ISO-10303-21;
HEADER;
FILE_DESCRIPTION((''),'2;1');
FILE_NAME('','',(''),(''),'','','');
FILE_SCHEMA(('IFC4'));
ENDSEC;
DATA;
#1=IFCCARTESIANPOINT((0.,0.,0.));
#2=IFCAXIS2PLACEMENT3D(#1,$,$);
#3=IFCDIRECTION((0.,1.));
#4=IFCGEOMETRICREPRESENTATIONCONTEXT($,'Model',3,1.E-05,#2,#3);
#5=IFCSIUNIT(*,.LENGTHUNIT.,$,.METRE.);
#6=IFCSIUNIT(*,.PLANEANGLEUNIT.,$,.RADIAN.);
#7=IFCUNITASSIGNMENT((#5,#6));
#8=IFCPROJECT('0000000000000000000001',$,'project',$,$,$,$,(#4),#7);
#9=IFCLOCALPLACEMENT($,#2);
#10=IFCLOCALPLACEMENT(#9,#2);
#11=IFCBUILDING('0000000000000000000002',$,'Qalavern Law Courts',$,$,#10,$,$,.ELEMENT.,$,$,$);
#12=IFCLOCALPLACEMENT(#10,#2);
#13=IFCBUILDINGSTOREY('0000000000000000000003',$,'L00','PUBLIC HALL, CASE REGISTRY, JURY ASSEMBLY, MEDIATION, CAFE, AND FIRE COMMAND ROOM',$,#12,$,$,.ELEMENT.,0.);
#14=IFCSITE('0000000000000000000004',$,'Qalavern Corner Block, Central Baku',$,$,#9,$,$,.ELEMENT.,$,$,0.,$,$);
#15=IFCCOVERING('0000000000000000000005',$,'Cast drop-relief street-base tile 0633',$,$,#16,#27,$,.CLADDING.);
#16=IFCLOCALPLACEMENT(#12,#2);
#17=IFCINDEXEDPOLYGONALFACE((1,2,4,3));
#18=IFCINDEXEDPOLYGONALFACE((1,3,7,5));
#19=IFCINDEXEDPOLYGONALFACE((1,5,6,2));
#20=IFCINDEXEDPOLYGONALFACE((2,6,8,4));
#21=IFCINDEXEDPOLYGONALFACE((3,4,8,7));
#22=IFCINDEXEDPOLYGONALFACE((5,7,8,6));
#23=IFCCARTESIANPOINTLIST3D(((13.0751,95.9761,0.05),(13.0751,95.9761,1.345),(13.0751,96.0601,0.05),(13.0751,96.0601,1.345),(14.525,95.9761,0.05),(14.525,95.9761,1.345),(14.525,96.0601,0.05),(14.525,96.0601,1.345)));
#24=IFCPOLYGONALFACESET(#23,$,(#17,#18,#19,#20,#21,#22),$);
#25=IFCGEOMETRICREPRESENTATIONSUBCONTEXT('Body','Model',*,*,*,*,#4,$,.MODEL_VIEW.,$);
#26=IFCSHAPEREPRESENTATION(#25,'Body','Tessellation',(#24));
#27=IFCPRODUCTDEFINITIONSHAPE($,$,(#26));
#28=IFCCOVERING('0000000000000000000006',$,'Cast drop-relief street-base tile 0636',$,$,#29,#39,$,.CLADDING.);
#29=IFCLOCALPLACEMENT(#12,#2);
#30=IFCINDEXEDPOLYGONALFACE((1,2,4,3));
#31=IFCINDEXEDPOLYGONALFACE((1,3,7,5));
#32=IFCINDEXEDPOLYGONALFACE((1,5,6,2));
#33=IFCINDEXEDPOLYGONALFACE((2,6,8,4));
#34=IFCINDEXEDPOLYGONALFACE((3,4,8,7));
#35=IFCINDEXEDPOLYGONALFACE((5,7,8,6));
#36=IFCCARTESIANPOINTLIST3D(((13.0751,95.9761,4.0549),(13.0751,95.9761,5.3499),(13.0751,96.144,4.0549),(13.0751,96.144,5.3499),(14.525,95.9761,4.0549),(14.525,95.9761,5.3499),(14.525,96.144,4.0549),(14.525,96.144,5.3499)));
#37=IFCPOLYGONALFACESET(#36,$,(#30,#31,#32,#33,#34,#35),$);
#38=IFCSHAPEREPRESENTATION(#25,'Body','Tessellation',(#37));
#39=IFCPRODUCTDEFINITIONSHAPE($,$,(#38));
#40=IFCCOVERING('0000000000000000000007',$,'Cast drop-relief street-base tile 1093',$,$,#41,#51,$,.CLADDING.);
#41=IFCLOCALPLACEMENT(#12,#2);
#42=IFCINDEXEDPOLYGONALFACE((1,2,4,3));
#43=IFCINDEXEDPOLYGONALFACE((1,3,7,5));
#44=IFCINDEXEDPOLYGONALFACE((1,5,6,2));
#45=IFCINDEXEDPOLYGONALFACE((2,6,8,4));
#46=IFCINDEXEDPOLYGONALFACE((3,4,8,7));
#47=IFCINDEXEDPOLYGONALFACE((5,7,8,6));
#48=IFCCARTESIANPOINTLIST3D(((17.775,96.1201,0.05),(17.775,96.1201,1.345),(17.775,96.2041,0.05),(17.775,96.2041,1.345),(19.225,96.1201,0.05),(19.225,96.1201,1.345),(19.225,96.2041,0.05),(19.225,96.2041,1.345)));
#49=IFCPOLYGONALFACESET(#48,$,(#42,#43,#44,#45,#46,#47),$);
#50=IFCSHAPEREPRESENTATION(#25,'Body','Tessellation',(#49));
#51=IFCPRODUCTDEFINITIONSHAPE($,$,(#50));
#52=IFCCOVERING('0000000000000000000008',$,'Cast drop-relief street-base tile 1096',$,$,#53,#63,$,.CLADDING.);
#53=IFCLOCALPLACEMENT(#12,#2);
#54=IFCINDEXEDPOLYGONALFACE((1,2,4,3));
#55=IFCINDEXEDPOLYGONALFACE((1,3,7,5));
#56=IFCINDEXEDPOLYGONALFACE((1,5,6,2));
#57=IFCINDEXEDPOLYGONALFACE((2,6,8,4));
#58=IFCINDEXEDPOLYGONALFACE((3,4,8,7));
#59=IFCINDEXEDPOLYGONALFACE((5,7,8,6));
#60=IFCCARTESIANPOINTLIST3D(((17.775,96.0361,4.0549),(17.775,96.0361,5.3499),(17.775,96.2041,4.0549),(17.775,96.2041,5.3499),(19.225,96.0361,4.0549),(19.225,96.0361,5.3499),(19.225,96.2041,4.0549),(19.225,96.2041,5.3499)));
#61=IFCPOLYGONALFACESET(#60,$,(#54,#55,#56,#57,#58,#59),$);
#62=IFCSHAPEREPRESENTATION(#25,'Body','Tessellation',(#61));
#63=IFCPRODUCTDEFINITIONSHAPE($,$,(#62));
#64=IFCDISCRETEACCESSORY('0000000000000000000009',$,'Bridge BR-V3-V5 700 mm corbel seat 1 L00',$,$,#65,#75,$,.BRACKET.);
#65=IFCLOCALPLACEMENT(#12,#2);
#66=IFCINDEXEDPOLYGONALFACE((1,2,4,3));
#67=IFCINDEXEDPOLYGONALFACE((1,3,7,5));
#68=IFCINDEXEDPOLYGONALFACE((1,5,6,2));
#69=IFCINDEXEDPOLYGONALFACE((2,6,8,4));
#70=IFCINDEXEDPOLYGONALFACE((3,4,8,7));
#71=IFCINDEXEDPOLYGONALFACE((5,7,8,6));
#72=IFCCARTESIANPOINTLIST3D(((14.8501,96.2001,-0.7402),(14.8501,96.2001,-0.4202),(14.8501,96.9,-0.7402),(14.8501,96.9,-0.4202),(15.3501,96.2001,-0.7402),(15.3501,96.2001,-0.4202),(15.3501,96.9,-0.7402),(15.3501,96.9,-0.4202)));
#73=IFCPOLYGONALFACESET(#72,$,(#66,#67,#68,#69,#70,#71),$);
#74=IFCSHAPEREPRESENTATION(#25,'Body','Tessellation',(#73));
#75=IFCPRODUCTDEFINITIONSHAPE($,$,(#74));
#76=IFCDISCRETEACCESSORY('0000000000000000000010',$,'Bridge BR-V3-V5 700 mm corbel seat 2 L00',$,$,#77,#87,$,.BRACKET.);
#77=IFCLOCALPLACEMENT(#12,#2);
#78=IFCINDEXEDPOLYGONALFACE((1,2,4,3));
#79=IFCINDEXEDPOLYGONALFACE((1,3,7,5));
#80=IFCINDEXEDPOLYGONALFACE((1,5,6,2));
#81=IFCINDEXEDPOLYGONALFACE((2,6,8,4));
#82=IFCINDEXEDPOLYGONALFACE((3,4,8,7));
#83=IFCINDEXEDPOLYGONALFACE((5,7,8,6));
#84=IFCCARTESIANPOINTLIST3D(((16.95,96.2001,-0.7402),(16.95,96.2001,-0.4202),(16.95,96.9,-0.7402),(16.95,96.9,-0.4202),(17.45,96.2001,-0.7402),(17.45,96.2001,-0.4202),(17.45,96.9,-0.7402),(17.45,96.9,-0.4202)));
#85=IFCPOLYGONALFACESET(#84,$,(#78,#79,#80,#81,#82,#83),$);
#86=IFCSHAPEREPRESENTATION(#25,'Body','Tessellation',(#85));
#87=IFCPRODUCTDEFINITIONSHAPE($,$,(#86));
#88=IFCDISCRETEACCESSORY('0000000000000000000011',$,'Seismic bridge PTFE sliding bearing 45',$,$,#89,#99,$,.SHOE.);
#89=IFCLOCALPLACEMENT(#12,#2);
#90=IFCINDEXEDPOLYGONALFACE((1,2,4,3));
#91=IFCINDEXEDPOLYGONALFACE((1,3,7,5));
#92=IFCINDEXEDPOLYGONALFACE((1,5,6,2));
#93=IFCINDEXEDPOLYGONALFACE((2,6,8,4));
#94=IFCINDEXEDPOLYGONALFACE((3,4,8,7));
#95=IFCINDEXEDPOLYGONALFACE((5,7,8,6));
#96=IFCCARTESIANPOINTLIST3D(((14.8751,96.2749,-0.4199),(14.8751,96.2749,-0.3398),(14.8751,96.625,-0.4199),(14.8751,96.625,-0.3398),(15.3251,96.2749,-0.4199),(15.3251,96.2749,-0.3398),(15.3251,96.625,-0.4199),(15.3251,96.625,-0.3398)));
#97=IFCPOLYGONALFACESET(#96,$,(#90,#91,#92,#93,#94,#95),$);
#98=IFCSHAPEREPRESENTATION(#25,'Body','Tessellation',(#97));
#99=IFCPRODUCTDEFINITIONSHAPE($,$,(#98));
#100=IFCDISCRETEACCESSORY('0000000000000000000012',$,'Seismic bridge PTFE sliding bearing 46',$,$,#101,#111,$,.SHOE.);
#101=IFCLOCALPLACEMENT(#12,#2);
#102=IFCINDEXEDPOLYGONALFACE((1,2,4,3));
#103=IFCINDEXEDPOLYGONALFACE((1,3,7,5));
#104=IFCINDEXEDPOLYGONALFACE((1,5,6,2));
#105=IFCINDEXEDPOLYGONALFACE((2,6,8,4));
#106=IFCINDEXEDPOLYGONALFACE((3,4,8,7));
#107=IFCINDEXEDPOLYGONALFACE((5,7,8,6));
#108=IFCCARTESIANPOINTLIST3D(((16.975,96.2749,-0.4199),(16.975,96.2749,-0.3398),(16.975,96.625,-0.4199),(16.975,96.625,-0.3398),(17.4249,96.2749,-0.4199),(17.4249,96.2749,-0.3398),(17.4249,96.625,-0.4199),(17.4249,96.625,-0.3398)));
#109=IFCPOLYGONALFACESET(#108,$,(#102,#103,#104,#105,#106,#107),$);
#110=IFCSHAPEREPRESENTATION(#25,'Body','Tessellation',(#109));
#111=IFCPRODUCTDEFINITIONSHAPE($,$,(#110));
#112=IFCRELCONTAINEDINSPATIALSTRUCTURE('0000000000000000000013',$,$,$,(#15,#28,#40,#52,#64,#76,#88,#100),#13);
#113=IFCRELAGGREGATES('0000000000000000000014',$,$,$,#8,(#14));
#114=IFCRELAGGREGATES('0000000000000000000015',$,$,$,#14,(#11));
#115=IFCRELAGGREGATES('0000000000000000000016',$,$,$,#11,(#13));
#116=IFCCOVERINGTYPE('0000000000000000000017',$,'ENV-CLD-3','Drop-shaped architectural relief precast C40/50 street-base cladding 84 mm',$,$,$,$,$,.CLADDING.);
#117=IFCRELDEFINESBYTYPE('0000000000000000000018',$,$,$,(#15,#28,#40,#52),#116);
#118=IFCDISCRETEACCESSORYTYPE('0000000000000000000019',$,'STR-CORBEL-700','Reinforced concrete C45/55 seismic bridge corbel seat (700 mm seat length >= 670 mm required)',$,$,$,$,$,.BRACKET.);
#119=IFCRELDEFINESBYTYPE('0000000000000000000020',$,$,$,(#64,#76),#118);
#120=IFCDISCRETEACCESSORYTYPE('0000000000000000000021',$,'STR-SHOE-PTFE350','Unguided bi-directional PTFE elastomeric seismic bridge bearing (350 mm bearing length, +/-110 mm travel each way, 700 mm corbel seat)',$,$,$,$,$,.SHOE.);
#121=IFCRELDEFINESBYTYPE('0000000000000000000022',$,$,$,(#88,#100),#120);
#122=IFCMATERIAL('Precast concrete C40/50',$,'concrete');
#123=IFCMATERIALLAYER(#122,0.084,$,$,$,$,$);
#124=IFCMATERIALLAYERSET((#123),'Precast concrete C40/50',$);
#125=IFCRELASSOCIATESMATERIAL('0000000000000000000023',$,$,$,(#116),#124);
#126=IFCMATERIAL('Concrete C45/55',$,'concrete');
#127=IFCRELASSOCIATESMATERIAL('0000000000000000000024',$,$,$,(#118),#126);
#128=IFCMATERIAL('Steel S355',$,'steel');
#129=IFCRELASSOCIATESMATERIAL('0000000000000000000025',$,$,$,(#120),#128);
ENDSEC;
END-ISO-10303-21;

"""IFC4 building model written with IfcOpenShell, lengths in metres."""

from ifc_helpers import new_model, si_unit, direction, frame, origin, origin_2d, place, context, subcontext, project, spatial, rectangle, extrude, material, layer, layer_set, type_object, element, save


model = new_model("IFC4")

# Units and contexts
model_context = context("Model", 3, precision=1e-05, world=origin(), true_north=direction((0.0, 1.0)))
body_context = subcontext(model_context, "Body", "Model", "MODEL_VIEW")
ifc_project = project(units=[si_unit("LENGTHUNIT", "METRE"), si_unit("PLANEANGLEUNIT", "RADIAN")], contexts=[model_context])

# Site, building, storey
site_placement = place(None, origin())
site = spatial("IfcSite", under=ifc_project, at=site_placement, Name="Qalavern Corner Block, Central Baku", CompositionType="ELEMENT", RefElevation=0.0)
building_placement = place(site_placement, origin())
building = spatial("IfcBuilding", under=site, at=building_placement, Name="Qalavern Law Courts", CompositionType="ELEMENT")
storey_placement = place(building_placement, origin())
storey = spatial("IfcBuildingStorey", under=building, at=storey_placement, Name="L00", Description="PUBLIC HALL, CASE REGISTRY, JURY ASSEMBLY, MEDIATION, CAFE, AND FIRE COMMAND ROOM", CompositionType="ELEMENT", Elevation=0.0)

# Shared definitions
ifc_material_1 = material(Name="Concrete C45/55", Category="concrete")

# Shared definitions
ifc_material_2 = material(Name="Steel S355", Category="steel")

# Coverings
ifc_material_3 = material(Name="Precast concrete C40/50", Category="concrete")
ifc_layer_1 = layer(ifc_material_3, 0.084)
ifc_layer_set_1 = layer_set([ifc_layer_1], Name="Precast concrete C40/50")
covering_type_1 = type_object("IfcCoveringType", Name="ENV-CLD-3", Description="Drop-shaped architectural relief precast C40/50 street-base cladding 84 mm", PredefinedType="CLADDING", material=ifc_layer_set_1)
covering_1_placement = place(storey_placement, frame((13.8, 96.0181, 0.05), z_axis=(0.0, 0.0, 1.0), x_axis=(-1.0, 0.0, 0.0)))
element("IfcCovering", 1, at=covering_1_placement, inside=storey, type_object=covering_type_1, Name="Cast drop-relief street-base tile 0633", PredefinedType="CLADDING", context=body_context, shape_type="SweptSolid", body=[
    extrude(rectangle(XDim=1.45, YDim=0.084, at=origin_2d()), origin(), (0.0, 0.0, 1.0), 1.2949),
])
covering_2_placement = place(storey_placement, frame((13.8, 96.0601, 4.0549), z_axis=(0.0, 0.0, 1.0), x_axis=(-1.0, 0.0, 0.0)))
element("IfcCovering", 2, at=covering_2_placement, inside=storey, type_object=covering_type_1, Name="Cast drop-relief street-base tile 0636", PredefinedType="CLADDING", context=body_context, shape_type="SweptSolid", body=[
    extrude(rectangle(XDim=1.45, YDim=0.168, at=origin_2d()), origin(), (0.0, 0.0, 1.0), 1.2949),
])
covering_3_placement = place(storey_placement, frame((18.5, 96.1621, 0.05), z_axis=(0.0, 0.0, 1.0), x_axis=(1.0, 0.0, 0.0)))
element("IfcCovering", 3, at=covering_3_placement, inside=storey, type_object=covering_type_1, Name="Cast drop-relief street-base tile 1093", PredefinedType="CLADDING", context=body_context, shape_type="SweptSolid", body=[
    extrude(rectangle(XDim=1.45, YDim=0.084, at=origin_2d()), origin(), (0.0, 0.0, 1.0), 1.2949),
])
covering_4_placement = place(storey_placement, frame((18.5, 96.1201, 4.0549), z_axis=(0.0, 0.0, 1.0), x_axis=(1.0, 0.0, 0.0)))
element("IfcCovering", 4, at=covering_4_placement, inside=storey, type_object=covering_type_1, Name="Cast drop-relief street-base tile 1096", PredefinedType="CLADDING", context=body_context, shape_type="SweptSolid", body=[
    extrude(rectangle(XDim=1.45, YDim=0.168, at=origin_2d()), origin(), (0.0, 0.0, 1.0), 1.2949),
])

# Discrete accessories
discrete_accessory_type_1 = type_object("IfcDiscreteAccessoryType", Name="STR-CORBEL-700", Description="Reinforced concrete C45/55 seismic bridge corbel seat (700 mm seat length >= 670 mm required)", PredefinedType="BRACKET", material=ifc_material_1)
for number, where, z_axis, x_axis, name in (
    (5, (15.1001, 96.55, -0.7402), (0.0, 0.0, 1.0), (1.0, 0.0, 0.0), "Bridge BR-V3-V5 700 mm corbel seat 1 L00"),
    (6, (17.2, 96.55, -0.7402), (0.0, 0.0, 1.0), (1.0, 0.0, 0.0), "Bridge BR-V3-V5 700 mm corbel seat 2 L00"),
):
    element("IfcDiscreteAccessory", number, at=place(storey_placement, frame(where, z_axis=z_axis, x_axis=x_axis)), inside=storey, type_object=discrete_accessory_type_1, Name=name, PredefinedType="BRACKET", context=body_context, shape_type="SweptSolid", body=[
        extrude(rectangle(XDim=0.5, YDim=0.7, at=origin_2d()), origin(), (0.0, 0.0, 1.0), 0.3201),
    ])
discrete_accessory_type_2 = type_object("IfcDiscreteAccessoryType", Name="STR-SHOE-PTFE350", Description="Unguided bi-directional PTFE elastomeric seismic bridge bearing (350 mm bearing length, +/-110 mm travel each way, 700 mm corbel seat)", PredefinedType="SHOE", material=ifc_material_2)
for number, where, z_axis, x_axis, name in (
    (7, (15.1001, 96.45, -0.4199), (0.0, 0.0, 1.0), (1.0, 0.0, 0.0), "Seismic bridge PTFE sliding bearing 45"),
    (8, (17.2, 96.45, -0.4199), (0.0, 0.0, 1.0), (1.0, 0.0, 0.0), "Seismic bridge PTFE sliding bearing 46"),
):
    element("IfcDiscreteAccessory", number, at=place(storey_placement, frame(where, z_axis=z_axis, x_axis=x_axis)), inside=storey, type_object=discrete_accessory_type_2, Name=name, PredefinedType="SHOE", context=body_context, shape_type="SweptSolid", body=[
        extrude(rectangle(XDim=0.45, YDim=0.3501, at=origin_2d()), origin(), (0.0, 0.0, 1.0), 0.0801),
    ])

save(model, "model.ifc")
